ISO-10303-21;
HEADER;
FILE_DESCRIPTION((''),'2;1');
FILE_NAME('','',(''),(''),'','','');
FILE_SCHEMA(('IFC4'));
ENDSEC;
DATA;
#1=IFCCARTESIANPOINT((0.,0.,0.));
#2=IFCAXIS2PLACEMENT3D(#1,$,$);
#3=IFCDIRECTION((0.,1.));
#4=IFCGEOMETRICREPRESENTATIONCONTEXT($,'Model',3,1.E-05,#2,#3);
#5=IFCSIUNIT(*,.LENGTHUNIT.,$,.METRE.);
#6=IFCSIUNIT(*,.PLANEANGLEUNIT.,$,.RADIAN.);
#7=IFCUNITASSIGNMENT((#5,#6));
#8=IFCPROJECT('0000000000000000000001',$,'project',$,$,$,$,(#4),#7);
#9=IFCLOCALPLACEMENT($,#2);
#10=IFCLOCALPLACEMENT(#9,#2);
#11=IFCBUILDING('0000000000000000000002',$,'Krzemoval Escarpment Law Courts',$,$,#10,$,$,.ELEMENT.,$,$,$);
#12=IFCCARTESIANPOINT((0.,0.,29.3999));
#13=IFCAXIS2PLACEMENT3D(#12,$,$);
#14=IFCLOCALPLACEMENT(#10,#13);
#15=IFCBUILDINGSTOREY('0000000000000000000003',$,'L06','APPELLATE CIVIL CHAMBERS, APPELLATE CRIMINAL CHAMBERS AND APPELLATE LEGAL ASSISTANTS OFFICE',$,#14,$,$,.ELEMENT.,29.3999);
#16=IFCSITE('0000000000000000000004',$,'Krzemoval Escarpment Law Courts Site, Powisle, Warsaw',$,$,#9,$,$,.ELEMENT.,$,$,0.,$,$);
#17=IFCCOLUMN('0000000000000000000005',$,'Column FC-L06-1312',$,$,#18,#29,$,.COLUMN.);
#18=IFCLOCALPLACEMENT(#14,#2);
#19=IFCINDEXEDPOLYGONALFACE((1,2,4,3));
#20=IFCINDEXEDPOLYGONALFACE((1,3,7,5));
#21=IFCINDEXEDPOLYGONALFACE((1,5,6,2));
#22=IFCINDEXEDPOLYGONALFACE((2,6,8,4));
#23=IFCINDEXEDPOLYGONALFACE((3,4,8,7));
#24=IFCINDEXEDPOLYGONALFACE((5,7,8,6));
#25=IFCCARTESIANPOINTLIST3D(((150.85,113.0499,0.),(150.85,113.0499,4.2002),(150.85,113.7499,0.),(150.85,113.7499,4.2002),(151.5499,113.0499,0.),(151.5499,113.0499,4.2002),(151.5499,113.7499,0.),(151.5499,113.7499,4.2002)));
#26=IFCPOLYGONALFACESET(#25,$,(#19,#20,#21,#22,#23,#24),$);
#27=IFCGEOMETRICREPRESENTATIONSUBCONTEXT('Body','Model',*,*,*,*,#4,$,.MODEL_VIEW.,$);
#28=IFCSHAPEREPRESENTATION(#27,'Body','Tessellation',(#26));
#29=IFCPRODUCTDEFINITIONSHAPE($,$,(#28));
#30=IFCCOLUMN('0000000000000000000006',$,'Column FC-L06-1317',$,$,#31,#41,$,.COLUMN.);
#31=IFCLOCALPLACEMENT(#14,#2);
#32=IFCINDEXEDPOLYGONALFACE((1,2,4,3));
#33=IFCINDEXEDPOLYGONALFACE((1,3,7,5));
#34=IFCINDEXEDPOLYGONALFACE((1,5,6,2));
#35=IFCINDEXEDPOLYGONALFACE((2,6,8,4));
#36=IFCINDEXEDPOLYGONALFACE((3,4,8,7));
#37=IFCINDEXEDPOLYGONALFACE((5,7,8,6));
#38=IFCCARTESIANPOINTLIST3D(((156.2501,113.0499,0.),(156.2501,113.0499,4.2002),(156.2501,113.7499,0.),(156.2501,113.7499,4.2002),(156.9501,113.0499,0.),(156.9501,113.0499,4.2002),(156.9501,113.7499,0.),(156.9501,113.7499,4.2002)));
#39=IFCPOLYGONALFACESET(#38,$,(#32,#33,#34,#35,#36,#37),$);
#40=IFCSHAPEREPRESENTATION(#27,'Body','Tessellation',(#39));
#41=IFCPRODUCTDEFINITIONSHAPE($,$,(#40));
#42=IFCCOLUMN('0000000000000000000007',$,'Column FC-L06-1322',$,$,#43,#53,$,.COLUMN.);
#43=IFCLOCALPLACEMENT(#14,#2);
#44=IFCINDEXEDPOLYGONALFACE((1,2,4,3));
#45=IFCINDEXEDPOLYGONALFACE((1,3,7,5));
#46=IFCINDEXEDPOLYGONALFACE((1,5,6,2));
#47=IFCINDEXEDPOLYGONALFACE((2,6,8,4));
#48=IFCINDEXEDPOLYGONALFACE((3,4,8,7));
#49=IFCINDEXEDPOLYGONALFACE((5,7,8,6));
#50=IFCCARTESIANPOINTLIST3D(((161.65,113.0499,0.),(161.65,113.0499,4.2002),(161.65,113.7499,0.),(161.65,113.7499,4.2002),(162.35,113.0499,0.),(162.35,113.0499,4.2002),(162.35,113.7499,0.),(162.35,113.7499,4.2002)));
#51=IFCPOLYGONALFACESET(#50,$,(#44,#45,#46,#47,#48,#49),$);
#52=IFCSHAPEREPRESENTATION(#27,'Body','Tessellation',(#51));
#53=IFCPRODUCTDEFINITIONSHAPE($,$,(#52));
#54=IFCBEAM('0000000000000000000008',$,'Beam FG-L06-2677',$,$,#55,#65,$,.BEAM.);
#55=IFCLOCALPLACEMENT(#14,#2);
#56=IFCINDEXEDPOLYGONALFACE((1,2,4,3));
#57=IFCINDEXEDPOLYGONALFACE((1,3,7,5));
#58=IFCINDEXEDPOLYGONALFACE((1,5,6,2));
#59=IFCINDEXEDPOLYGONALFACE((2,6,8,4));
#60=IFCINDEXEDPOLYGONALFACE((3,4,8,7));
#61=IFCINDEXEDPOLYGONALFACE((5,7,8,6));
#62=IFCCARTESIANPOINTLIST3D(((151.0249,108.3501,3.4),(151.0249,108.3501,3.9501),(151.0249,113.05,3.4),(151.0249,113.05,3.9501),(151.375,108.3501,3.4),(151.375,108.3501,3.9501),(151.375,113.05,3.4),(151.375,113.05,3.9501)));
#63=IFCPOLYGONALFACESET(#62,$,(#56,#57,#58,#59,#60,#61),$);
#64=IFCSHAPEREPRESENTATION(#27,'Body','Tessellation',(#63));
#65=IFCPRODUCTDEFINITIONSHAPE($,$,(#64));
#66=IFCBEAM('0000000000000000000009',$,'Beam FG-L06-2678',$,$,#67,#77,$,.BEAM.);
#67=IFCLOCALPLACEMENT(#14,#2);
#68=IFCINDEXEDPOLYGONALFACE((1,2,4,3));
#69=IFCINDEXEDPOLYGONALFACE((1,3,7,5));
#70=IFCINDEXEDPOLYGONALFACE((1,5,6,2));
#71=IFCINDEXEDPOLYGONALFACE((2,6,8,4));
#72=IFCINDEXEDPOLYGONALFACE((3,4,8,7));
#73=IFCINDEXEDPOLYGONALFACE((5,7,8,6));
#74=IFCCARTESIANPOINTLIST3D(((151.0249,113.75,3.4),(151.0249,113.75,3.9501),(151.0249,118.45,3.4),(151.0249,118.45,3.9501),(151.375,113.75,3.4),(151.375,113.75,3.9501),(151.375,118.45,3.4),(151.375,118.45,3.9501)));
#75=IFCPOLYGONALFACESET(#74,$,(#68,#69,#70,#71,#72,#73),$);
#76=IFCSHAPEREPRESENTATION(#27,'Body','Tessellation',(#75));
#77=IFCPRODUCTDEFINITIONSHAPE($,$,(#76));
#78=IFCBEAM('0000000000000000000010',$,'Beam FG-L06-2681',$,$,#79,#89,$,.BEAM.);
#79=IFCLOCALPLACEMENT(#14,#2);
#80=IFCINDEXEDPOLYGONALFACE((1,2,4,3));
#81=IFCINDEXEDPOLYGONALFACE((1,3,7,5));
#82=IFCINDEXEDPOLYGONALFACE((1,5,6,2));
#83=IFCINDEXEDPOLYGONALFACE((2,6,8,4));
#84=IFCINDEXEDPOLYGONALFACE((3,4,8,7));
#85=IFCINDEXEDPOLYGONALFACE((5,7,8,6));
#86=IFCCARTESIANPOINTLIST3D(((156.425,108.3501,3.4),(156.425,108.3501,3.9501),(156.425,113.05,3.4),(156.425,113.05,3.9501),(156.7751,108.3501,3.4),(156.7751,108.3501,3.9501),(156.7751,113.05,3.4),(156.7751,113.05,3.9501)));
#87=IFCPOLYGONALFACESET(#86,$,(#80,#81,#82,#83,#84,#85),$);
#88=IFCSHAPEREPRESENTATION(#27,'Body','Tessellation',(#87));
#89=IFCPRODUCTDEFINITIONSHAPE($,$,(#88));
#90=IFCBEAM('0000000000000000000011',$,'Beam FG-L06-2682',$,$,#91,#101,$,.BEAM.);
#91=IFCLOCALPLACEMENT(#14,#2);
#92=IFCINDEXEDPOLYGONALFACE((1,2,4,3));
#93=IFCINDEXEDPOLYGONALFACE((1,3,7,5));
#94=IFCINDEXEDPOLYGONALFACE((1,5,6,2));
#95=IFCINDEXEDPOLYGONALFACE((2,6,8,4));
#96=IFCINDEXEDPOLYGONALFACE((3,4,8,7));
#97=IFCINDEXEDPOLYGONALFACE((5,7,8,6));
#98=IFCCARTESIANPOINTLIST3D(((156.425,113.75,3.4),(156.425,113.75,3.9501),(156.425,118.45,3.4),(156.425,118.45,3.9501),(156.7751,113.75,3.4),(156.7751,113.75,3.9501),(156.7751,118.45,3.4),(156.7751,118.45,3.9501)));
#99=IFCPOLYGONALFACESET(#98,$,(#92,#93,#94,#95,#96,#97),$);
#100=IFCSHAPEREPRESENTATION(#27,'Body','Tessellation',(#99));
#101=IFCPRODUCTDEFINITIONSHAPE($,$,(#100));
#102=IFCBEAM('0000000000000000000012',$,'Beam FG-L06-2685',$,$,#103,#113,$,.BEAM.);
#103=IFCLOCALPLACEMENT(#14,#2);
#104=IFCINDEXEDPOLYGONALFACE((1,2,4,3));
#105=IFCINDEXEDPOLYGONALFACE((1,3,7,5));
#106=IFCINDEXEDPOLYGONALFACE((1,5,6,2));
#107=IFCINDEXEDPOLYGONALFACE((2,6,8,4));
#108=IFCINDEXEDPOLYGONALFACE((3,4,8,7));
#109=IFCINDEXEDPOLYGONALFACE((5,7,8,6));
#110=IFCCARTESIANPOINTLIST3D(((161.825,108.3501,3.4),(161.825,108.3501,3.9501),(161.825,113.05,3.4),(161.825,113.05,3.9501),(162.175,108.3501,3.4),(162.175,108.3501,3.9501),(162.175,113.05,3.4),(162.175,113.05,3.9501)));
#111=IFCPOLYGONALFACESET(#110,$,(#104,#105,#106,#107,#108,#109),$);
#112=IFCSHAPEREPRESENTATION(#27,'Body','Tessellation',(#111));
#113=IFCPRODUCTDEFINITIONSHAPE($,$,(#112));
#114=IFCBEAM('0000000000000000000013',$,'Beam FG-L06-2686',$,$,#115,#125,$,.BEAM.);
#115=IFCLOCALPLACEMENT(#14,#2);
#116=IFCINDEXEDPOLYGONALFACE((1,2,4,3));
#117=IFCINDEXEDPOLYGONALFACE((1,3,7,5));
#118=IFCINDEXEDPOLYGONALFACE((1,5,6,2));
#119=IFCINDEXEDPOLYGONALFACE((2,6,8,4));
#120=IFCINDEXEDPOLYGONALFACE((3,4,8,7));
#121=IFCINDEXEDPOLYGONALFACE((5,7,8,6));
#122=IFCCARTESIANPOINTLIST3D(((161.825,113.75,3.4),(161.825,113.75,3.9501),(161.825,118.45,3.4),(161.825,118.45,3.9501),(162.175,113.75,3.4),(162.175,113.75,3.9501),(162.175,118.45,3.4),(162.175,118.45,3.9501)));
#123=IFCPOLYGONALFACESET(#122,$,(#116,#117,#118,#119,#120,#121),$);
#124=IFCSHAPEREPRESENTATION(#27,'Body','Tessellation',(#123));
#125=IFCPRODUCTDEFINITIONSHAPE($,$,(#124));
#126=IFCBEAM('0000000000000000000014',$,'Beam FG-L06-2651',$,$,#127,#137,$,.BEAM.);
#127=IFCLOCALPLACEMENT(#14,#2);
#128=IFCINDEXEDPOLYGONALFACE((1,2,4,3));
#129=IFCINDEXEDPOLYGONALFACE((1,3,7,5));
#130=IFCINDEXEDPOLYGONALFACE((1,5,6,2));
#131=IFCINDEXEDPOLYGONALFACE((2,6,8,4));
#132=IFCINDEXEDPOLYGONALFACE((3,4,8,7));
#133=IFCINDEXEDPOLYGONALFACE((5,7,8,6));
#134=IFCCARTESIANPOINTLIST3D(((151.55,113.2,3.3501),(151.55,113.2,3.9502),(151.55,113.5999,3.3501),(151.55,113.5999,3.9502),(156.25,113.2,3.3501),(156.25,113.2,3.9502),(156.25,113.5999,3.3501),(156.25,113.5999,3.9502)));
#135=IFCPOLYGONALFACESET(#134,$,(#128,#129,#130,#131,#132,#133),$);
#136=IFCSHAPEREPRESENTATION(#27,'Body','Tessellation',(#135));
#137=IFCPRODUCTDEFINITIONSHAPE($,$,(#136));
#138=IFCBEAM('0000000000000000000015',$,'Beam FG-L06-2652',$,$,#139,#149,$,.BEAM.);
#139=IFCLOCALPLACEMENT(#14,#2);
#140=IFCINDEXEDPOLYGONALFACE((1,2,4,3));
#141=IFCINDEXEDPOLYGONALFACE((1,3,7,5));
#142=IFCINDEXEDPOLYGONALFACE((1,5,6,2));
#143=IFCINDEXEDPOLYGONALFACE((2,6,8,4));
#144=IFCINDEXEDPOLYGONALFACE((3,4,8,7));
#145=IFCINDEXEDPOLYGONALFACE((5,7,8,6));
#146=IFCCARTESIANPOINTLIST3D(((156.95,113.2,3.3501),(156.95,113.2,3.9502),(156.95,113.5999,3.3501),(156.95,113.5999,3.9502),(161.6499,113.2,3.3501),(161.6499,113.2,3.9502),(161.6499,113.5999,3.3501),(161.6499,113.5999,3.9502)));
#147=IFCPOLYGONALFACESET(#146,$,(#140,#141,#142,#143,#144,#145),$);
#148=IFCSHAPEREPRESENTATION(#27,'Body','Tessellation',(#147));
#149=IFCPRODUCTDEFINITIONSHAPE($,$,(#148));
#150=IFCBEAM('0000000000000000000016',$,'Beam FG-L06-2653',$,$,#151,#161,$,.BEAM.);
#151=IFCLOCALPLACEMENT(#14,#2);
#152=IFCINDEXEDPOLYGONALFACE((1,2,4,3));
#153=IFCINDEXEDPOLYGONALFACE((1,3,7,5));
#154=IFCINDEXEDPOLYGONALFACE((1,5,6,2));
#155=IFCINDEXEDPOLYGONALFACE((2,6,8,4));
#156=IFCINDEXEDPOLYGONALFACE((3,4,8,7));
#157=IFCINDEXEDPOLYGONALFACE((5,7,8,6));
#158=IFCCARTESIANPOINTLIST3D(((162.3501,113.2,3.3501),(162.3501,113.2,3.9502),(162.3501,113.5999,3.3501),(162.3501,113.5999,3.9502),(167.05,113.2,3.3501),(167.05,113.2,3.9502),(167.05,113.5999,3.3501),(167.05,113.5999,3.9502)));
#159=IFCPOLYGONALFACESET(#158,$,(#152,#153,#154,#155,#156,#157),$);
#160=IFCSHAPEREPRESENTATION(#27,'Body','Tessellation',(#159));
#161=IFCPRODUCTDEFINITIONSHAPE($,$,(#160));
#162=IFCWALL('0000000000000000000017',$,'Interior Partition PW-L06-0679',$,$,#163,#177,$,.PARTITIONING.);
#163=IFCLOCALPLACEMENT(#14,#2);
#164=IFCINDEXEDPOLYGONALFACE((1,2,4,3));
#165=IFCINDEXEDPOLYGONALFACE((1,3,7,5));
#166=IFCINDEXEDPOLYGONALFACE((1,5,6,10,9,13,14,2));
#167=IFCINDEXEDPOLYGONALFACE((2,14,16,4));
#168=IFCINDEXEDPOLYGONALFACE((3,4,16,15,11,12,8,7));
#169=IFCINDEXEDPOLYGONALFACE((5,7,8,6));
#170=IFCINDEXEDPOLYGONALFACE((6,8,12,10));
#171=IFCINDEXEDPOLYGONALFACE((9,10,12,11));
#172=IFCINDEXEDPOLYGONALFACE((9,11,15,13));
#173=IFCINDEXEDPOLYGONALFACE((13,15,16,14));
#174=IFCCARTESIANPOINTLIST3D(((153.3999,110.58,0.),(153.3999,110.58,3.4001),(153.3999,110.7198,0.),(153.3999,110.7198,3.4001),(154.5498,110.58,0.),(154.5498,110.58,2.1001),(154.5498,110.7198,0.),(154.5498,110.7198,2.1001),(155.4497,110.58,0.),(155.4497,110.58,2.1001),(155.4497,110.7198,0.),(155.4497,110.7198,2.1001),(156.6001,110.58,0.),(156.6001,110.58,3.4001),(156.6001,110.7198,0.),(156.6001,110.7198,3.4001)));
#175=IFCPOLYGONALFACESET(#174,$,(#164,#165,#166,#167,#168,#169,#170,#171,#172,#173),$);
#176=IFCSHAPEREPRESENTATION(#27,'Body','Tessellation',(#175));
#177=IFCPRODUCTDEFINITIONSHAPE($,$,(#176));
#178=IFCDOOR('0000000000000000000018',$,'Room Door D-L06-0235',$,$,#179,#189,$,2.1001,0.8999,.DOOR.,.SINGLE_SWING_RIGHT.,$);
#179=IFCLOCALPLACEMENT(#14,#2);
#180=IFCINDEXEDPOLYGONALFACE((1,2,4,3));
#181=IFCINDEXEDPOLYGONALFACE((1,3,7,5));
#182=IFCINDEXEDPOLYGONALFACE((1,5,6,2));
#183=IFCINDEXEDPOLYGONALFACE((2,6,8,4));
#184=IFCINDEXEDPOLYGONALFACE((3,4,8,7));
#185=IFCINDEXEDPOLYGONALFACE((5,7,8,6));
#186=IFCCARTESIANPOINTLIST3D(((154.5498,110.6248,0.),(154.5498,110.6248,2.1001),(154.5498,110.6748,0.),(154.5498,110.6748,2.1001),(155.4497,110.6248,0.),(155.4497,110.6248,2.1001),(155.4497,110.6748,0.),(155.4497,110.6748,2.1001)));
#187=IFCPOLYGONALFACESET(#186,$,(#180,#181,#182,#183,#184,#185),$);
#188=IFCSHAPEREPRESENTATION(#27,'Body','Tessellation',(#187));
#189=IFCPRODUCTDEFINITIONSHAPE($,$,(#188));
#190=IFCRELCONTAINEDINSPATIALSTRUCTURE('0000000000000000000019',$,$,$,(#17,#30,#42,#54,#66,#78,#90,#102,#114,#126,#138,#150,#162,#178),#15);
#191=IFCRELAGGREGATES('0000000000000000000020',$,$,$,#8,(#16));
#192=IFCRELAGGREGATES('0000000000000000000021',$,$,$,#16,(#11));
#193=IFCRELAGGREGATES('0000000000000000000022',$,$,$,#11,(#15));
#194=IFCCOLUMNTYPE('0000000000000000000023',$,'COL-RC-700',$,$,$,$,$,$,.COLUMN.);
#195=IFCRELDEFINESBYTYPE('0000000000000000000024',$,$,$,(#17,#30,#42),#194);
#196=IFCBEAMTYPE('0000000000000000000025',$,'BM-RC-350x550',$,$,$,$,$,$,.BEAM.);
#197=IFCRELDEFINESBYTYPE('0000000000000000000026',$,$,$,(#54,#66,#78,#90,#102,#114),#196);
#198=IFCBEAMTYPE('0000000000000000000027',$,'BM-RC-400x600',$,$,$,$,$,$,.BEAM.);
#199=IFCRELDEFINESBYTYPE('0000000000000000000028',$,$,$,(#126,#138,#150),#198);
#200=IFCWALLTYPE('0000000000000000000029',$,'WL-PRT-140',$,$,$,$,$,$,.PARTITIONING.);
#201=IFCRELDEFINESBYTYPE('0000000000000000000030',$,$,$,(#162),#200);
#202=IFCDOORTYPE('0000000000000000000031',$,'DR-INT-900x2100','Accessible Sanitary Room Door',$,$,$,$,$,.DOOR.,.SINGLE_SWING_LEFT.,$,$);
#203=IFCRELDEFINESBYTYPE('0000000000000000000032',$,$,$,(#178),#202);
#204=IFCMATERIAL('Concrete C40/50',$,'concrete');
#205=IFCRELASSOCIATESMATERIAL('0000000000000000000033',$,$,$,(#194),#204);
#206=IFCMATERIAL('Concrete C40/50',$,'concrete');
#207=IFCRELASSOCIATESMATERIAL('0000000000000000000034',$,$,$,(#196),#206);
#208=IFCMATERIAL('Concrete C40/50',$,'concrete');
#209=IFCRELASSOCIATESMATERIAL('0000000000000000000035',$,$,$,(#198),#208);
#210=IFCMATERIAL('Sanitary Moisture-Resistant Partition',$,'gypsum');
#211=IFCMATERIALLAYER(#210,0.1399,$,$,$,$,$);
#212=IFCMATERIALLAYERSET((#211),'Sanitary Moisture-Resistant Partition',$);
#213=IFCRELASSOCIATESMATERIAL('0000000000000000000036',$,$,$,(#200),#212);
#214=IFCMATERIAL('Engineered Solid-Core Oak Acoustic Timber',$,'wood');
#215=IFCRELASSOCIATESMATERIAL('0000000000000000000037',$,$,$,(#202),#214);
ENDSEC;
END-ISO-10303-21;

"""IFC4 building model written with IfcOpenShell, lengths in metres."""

from ifc_helpers import new_model, si_unit, direction, frame, frame_2d, origin, origin_2d, place, context, subcontext, project, spatial, rectangle, extrude, material, layer, layer_set, material_profile, profile_set, type_object, element, fill, save


model = new_model("IFC4")

# Units and contexts
model_context = context("Model", 3, precision=1e-05, world=origin(), true_north=direction((0.0, 1.0)))
body_context = subcontext(model_context, "Body", "Model", "MODEL_VIEW")
ifc_project = project(units=[si_unit("LENGTHUNIT", "METRE"), si_unit("PLANEANGLEUNIT", "RADIAN")], contexts=[model_context])

# Site, building, storey
site_placement = place(None, origin())
site = spatial("IfcSite", under=ifc_project, at=site_placement, Name="Krzemoval Escarpment Law Courts Site, Powisle, Warsaw", CompositionType="ELEMENT", RefElevation=0.0)
building_placement = place(site_placement, origin())
building = spatial("IfcBuilding", under=site, at=building_placement, Name="Krzemoval Escarpment Law Courts", CompositionType="ELEMENT")
storey_placement = place(building_placement, frame((0.0, 0.0, 29.3999)))
storey = spatial("IfcBuildingStorey", under=building, at=storey_placement, Name="L06", Description="APPELLATE CIVIL CHAMBERS, APPELLATE CRIMINAL CHAMBERS AND APPELLATE LEGAL ASSISTANTS OFFICE", CompositionType="ELEMENT", Elevation=29.3999)

# Columns
ifc_material_1 = material(Name="Concrete C40/50", Category="concrete")
ifc_material_profile_1 = material_profile(ifc_material_1, rectangle(XDim=0.7, YDim=0.7, at=origin_2d()), Name="RC 700x700")
ifc_profile_set_1 = profile_set([ifc_material_profile_1], Name="Concrete C40/50")
column_type = type_object("IfcColumnType", Name="COL-RC-700", PredefinedType="COLUMN", material=ifc_profile_set_1)
for number, where, z_axis, x_axis, name in (
    (1, (151.2, 113.3999, 0.0), (0.0, 0.0, 1.0), (1.0, 0.0, 0.0), "Column FC-L06-1312"),
    (2, (156.6001, 113.3999, 0.0), (0.0, 0.0, 1.0), (1.0, 0.0, 0.0), "Column FC-L06-1317"),
    (3, (162.0, 113.3999, 0.0), (0.0, 0.0, 1.0), (1.0, 0.0, 0.0), "Column FC-L06-1322"),
):
    element("IfcColumn", number, at=place(storey_placement, frame(where, z_axis=z_axis, x_axis=x_axis)), inside=storey, type_object=column_type, Name=name, PredefinedType="COLUMN", context=body_context, shape_type="SweptSolid", body=[
        extrude(rectangle(XDim=0.7, YDim=0.7, at=origin_2d()), origin(), (0.0, 0.0, 1.0), 4.2002),
    ])

# Beams
ifc_material_2 = material(Name="Concrete C40/50", Category="concrete")
ifc_material_profile_2 = material_profile(ifc_material_2, rectangle(XDim=0.3501, YDim=0.55, at=origin_2d()), Name="RCB 350x550")
ifc_profile_set_2 = profile_set([ifc_material_profile_2], Name="Concrete C40/50")
beam_type_1 = type_object("IfcBeamType", Name="BM-RC-350x550", PredefinedType="BEAM", material=ifc_profile_set_2)
for number, where, z_axis, x_axis, name in (
    (4, (151.2, 108.3501, 3.675), (0.0, 1.0, 0.0), (-1.0, 0.0, 0.0), "Beam FG-L06-2677"),
    (5, (151.2, 113.75, 3.675), (0.0, 1.0, 0.0), (-1.0, 0.0, 0.0), "Beam FG-L06-2678"),
    (6, (156.6001, 108.3501, 3.675), (0.0, 1.0, 0.0), (-1.0, 0.0, 0.0), "Beam FG-L06-2681"),
    (7, (156.6001, 113.75, 3.675), (0.0, 1.0, 0.0), (-1.0, 0.0, 0.0), "Beam FG-L06-2682"),
    (8, (162.0, 108.3501, 3.675), (0.0, 1.0, 0.0), (-1.0, 0.0, 0.0), "Beam FG-L06-2685"),
    (9, (162.0, 113.75, 3.675), (0.0, 1.0, 0.0), (-1.0, 0.0, 0.0), "Beam FG-L06-2686"),
):
    element("IfcBeam", number, at=place(storey_placement, frame(where, z_axis=z_axis, x_axis=x_axis)), inside=storey, type_object=beam_type_1, Name=name, PredefinedType="BEAM", context=body_context, shape_type="SweptSolid", body=[
        extrude(rectangle(XDim=0.3501, YDim=0.55, at=origin_2d()), origin(), (0.0, 0.0, 1.0), 4.7),
    ])
ifc_material_3 = material(Name="Concrete C40/50", Category="concrete")
ifc_material_profile_3 = material_profile(ifc_material_3, rectangle(XDim=0.3999, YDim=0.6001, at=origin_2d()), Name="RCB 400x600")
ifc_profile_set_3 = profile_set([ifc_material_profile_3], Name="Concrete C40/50")
beam_type_2 = type_object("IfcBeamType", Name="BM-RC-400x600", PredefinedType="BEAM", material=ifc_profile_set_3)
for number, where, z_axis, x_axis, name in (
    (10, (151.55, 113.3999, 3.6501), (1.0, 0.0, 0.0), (0.0, 1.0, 0.0), "Beam FG-L06-2651"),
    (11, (156.95, 113.3999, 3.6501), (1.0, 0.0, 0.0), (0.0, 1.0, 0.0), "Beam FG-L06-2652"),
    (12, (162.3501, 113.3999, 3.6501), (1.0, 0.0, 0.0), (0.0, 1.0, 0.0), "Beam FG-L06-2653"),
):
    element("IfcBeam", number, at=place(storey_placement, frame(where, z_axis=z_axis, x_axis=x_axis)), inside=storey, type_object=beam_type_2, Name=name, PredefinedType="BEAM", context=body_context, shape_type="SweptSolid", body=[
        extrude(rectangle(XDim=0.3999, YDim=0.6001, at=origin_2d()), origin(), (0.0, 0.0, 1.0), 4.7),
    ])

# Wall, opening, door
ifc_material_4 = material(Name="Sanitary Moisture-Resistant Partition", Category="gypsum")
ifc_layer_1 = layer(ifc_material_4, 0.1399)
ifc_layer_set_1 = layer_set([ifc_layer_1], Name="Sanitary Moisture-Resistant Partition")
wall_type_1 = type_object("IfcWallType", Name="WL-PRT-140", PredefinedType="PARTITIONING", material=ifc_layer_set_1)
wall_1_placement = place(storey_placement, frame((153.3999, 110.6499, 0.0), z_axis=(0.0, 0.0, 1.0), x_axis=(1.0, 0.0, 0.0)))
wall_1 = element("IfcWall", 13, at=wall_1_placement, inside=storey, type_object=wall_type_1, Name="Interior Partition PW-L06-0679", PredefinedType="PARTITIONING", context=body_context, shape_type="SweptSolid", body=[
    extrude(rectangle(XDim=3.2002, YDim=0.1399, at=frame_2d((1.6001, 0.0))), origin(), (0.0, 0.0, 1.0), 3.4001),
])
opening_1_placement = place(wall_1_placement, frame((1.1499, 0.0, 0.0)))
opening_1 = element("IfcOpeningElement", 14, at=opening_1_placement, cuts=wall_1, PredefinedType="OPENING", context=body_context, shape_type="SweptSolid", body=[
    extrude(rectangle(XDim=0.8999, YDim=2.1001, at=frame_2d((0.45, 1.05))), frame((0.0, 0.0849, 0.0), z_axis=(0.0, -1.0, 0.0), x_axis=(1.0, 0.0, 0.0)), (0.0, 0.0, 1.0), 0.1699),
])
ifc_material_5 = material(Name="Engineered Solid-Core Oak Acoustic Timber", Category="wood")
door_type_1 = type_object("IfcDoorType", Name="DR-INT-900x2100", Description="Accessible Sanitary Room Door", OperationType="SINGLE_SWING_LEFT", PredefinedType="DOOR", material=ifc_material_5)
door_1_placement = place(opening_1_placement, origin())
door_1 = element("IfcDoor", 15, at=door_1_placement, inside=storey, type_object=door_type_1, Name="Room Door D-L06-0235", OperationType="SINGLE_SWING_RIGHT", OverallHeight=2.1001, OverallWidth=0.8999, PredefinedType="DOOR", context=body_context, shape_type="SweptSolid", body=[
    extrude(rectangle(XDim=0.8999, YDim=2.1001, at=frame_2d((0.45, 1.05))), frame((0.0, 0.0249, 0.0), z_axis=(0.0, -1.0, 0.0), x_axis=(1.0, 0.0, 0.0)), (0.0, 0.0, 1.0), 0.05),
])
fill(opening_1, door_1)

save(model, "model.ifc")
